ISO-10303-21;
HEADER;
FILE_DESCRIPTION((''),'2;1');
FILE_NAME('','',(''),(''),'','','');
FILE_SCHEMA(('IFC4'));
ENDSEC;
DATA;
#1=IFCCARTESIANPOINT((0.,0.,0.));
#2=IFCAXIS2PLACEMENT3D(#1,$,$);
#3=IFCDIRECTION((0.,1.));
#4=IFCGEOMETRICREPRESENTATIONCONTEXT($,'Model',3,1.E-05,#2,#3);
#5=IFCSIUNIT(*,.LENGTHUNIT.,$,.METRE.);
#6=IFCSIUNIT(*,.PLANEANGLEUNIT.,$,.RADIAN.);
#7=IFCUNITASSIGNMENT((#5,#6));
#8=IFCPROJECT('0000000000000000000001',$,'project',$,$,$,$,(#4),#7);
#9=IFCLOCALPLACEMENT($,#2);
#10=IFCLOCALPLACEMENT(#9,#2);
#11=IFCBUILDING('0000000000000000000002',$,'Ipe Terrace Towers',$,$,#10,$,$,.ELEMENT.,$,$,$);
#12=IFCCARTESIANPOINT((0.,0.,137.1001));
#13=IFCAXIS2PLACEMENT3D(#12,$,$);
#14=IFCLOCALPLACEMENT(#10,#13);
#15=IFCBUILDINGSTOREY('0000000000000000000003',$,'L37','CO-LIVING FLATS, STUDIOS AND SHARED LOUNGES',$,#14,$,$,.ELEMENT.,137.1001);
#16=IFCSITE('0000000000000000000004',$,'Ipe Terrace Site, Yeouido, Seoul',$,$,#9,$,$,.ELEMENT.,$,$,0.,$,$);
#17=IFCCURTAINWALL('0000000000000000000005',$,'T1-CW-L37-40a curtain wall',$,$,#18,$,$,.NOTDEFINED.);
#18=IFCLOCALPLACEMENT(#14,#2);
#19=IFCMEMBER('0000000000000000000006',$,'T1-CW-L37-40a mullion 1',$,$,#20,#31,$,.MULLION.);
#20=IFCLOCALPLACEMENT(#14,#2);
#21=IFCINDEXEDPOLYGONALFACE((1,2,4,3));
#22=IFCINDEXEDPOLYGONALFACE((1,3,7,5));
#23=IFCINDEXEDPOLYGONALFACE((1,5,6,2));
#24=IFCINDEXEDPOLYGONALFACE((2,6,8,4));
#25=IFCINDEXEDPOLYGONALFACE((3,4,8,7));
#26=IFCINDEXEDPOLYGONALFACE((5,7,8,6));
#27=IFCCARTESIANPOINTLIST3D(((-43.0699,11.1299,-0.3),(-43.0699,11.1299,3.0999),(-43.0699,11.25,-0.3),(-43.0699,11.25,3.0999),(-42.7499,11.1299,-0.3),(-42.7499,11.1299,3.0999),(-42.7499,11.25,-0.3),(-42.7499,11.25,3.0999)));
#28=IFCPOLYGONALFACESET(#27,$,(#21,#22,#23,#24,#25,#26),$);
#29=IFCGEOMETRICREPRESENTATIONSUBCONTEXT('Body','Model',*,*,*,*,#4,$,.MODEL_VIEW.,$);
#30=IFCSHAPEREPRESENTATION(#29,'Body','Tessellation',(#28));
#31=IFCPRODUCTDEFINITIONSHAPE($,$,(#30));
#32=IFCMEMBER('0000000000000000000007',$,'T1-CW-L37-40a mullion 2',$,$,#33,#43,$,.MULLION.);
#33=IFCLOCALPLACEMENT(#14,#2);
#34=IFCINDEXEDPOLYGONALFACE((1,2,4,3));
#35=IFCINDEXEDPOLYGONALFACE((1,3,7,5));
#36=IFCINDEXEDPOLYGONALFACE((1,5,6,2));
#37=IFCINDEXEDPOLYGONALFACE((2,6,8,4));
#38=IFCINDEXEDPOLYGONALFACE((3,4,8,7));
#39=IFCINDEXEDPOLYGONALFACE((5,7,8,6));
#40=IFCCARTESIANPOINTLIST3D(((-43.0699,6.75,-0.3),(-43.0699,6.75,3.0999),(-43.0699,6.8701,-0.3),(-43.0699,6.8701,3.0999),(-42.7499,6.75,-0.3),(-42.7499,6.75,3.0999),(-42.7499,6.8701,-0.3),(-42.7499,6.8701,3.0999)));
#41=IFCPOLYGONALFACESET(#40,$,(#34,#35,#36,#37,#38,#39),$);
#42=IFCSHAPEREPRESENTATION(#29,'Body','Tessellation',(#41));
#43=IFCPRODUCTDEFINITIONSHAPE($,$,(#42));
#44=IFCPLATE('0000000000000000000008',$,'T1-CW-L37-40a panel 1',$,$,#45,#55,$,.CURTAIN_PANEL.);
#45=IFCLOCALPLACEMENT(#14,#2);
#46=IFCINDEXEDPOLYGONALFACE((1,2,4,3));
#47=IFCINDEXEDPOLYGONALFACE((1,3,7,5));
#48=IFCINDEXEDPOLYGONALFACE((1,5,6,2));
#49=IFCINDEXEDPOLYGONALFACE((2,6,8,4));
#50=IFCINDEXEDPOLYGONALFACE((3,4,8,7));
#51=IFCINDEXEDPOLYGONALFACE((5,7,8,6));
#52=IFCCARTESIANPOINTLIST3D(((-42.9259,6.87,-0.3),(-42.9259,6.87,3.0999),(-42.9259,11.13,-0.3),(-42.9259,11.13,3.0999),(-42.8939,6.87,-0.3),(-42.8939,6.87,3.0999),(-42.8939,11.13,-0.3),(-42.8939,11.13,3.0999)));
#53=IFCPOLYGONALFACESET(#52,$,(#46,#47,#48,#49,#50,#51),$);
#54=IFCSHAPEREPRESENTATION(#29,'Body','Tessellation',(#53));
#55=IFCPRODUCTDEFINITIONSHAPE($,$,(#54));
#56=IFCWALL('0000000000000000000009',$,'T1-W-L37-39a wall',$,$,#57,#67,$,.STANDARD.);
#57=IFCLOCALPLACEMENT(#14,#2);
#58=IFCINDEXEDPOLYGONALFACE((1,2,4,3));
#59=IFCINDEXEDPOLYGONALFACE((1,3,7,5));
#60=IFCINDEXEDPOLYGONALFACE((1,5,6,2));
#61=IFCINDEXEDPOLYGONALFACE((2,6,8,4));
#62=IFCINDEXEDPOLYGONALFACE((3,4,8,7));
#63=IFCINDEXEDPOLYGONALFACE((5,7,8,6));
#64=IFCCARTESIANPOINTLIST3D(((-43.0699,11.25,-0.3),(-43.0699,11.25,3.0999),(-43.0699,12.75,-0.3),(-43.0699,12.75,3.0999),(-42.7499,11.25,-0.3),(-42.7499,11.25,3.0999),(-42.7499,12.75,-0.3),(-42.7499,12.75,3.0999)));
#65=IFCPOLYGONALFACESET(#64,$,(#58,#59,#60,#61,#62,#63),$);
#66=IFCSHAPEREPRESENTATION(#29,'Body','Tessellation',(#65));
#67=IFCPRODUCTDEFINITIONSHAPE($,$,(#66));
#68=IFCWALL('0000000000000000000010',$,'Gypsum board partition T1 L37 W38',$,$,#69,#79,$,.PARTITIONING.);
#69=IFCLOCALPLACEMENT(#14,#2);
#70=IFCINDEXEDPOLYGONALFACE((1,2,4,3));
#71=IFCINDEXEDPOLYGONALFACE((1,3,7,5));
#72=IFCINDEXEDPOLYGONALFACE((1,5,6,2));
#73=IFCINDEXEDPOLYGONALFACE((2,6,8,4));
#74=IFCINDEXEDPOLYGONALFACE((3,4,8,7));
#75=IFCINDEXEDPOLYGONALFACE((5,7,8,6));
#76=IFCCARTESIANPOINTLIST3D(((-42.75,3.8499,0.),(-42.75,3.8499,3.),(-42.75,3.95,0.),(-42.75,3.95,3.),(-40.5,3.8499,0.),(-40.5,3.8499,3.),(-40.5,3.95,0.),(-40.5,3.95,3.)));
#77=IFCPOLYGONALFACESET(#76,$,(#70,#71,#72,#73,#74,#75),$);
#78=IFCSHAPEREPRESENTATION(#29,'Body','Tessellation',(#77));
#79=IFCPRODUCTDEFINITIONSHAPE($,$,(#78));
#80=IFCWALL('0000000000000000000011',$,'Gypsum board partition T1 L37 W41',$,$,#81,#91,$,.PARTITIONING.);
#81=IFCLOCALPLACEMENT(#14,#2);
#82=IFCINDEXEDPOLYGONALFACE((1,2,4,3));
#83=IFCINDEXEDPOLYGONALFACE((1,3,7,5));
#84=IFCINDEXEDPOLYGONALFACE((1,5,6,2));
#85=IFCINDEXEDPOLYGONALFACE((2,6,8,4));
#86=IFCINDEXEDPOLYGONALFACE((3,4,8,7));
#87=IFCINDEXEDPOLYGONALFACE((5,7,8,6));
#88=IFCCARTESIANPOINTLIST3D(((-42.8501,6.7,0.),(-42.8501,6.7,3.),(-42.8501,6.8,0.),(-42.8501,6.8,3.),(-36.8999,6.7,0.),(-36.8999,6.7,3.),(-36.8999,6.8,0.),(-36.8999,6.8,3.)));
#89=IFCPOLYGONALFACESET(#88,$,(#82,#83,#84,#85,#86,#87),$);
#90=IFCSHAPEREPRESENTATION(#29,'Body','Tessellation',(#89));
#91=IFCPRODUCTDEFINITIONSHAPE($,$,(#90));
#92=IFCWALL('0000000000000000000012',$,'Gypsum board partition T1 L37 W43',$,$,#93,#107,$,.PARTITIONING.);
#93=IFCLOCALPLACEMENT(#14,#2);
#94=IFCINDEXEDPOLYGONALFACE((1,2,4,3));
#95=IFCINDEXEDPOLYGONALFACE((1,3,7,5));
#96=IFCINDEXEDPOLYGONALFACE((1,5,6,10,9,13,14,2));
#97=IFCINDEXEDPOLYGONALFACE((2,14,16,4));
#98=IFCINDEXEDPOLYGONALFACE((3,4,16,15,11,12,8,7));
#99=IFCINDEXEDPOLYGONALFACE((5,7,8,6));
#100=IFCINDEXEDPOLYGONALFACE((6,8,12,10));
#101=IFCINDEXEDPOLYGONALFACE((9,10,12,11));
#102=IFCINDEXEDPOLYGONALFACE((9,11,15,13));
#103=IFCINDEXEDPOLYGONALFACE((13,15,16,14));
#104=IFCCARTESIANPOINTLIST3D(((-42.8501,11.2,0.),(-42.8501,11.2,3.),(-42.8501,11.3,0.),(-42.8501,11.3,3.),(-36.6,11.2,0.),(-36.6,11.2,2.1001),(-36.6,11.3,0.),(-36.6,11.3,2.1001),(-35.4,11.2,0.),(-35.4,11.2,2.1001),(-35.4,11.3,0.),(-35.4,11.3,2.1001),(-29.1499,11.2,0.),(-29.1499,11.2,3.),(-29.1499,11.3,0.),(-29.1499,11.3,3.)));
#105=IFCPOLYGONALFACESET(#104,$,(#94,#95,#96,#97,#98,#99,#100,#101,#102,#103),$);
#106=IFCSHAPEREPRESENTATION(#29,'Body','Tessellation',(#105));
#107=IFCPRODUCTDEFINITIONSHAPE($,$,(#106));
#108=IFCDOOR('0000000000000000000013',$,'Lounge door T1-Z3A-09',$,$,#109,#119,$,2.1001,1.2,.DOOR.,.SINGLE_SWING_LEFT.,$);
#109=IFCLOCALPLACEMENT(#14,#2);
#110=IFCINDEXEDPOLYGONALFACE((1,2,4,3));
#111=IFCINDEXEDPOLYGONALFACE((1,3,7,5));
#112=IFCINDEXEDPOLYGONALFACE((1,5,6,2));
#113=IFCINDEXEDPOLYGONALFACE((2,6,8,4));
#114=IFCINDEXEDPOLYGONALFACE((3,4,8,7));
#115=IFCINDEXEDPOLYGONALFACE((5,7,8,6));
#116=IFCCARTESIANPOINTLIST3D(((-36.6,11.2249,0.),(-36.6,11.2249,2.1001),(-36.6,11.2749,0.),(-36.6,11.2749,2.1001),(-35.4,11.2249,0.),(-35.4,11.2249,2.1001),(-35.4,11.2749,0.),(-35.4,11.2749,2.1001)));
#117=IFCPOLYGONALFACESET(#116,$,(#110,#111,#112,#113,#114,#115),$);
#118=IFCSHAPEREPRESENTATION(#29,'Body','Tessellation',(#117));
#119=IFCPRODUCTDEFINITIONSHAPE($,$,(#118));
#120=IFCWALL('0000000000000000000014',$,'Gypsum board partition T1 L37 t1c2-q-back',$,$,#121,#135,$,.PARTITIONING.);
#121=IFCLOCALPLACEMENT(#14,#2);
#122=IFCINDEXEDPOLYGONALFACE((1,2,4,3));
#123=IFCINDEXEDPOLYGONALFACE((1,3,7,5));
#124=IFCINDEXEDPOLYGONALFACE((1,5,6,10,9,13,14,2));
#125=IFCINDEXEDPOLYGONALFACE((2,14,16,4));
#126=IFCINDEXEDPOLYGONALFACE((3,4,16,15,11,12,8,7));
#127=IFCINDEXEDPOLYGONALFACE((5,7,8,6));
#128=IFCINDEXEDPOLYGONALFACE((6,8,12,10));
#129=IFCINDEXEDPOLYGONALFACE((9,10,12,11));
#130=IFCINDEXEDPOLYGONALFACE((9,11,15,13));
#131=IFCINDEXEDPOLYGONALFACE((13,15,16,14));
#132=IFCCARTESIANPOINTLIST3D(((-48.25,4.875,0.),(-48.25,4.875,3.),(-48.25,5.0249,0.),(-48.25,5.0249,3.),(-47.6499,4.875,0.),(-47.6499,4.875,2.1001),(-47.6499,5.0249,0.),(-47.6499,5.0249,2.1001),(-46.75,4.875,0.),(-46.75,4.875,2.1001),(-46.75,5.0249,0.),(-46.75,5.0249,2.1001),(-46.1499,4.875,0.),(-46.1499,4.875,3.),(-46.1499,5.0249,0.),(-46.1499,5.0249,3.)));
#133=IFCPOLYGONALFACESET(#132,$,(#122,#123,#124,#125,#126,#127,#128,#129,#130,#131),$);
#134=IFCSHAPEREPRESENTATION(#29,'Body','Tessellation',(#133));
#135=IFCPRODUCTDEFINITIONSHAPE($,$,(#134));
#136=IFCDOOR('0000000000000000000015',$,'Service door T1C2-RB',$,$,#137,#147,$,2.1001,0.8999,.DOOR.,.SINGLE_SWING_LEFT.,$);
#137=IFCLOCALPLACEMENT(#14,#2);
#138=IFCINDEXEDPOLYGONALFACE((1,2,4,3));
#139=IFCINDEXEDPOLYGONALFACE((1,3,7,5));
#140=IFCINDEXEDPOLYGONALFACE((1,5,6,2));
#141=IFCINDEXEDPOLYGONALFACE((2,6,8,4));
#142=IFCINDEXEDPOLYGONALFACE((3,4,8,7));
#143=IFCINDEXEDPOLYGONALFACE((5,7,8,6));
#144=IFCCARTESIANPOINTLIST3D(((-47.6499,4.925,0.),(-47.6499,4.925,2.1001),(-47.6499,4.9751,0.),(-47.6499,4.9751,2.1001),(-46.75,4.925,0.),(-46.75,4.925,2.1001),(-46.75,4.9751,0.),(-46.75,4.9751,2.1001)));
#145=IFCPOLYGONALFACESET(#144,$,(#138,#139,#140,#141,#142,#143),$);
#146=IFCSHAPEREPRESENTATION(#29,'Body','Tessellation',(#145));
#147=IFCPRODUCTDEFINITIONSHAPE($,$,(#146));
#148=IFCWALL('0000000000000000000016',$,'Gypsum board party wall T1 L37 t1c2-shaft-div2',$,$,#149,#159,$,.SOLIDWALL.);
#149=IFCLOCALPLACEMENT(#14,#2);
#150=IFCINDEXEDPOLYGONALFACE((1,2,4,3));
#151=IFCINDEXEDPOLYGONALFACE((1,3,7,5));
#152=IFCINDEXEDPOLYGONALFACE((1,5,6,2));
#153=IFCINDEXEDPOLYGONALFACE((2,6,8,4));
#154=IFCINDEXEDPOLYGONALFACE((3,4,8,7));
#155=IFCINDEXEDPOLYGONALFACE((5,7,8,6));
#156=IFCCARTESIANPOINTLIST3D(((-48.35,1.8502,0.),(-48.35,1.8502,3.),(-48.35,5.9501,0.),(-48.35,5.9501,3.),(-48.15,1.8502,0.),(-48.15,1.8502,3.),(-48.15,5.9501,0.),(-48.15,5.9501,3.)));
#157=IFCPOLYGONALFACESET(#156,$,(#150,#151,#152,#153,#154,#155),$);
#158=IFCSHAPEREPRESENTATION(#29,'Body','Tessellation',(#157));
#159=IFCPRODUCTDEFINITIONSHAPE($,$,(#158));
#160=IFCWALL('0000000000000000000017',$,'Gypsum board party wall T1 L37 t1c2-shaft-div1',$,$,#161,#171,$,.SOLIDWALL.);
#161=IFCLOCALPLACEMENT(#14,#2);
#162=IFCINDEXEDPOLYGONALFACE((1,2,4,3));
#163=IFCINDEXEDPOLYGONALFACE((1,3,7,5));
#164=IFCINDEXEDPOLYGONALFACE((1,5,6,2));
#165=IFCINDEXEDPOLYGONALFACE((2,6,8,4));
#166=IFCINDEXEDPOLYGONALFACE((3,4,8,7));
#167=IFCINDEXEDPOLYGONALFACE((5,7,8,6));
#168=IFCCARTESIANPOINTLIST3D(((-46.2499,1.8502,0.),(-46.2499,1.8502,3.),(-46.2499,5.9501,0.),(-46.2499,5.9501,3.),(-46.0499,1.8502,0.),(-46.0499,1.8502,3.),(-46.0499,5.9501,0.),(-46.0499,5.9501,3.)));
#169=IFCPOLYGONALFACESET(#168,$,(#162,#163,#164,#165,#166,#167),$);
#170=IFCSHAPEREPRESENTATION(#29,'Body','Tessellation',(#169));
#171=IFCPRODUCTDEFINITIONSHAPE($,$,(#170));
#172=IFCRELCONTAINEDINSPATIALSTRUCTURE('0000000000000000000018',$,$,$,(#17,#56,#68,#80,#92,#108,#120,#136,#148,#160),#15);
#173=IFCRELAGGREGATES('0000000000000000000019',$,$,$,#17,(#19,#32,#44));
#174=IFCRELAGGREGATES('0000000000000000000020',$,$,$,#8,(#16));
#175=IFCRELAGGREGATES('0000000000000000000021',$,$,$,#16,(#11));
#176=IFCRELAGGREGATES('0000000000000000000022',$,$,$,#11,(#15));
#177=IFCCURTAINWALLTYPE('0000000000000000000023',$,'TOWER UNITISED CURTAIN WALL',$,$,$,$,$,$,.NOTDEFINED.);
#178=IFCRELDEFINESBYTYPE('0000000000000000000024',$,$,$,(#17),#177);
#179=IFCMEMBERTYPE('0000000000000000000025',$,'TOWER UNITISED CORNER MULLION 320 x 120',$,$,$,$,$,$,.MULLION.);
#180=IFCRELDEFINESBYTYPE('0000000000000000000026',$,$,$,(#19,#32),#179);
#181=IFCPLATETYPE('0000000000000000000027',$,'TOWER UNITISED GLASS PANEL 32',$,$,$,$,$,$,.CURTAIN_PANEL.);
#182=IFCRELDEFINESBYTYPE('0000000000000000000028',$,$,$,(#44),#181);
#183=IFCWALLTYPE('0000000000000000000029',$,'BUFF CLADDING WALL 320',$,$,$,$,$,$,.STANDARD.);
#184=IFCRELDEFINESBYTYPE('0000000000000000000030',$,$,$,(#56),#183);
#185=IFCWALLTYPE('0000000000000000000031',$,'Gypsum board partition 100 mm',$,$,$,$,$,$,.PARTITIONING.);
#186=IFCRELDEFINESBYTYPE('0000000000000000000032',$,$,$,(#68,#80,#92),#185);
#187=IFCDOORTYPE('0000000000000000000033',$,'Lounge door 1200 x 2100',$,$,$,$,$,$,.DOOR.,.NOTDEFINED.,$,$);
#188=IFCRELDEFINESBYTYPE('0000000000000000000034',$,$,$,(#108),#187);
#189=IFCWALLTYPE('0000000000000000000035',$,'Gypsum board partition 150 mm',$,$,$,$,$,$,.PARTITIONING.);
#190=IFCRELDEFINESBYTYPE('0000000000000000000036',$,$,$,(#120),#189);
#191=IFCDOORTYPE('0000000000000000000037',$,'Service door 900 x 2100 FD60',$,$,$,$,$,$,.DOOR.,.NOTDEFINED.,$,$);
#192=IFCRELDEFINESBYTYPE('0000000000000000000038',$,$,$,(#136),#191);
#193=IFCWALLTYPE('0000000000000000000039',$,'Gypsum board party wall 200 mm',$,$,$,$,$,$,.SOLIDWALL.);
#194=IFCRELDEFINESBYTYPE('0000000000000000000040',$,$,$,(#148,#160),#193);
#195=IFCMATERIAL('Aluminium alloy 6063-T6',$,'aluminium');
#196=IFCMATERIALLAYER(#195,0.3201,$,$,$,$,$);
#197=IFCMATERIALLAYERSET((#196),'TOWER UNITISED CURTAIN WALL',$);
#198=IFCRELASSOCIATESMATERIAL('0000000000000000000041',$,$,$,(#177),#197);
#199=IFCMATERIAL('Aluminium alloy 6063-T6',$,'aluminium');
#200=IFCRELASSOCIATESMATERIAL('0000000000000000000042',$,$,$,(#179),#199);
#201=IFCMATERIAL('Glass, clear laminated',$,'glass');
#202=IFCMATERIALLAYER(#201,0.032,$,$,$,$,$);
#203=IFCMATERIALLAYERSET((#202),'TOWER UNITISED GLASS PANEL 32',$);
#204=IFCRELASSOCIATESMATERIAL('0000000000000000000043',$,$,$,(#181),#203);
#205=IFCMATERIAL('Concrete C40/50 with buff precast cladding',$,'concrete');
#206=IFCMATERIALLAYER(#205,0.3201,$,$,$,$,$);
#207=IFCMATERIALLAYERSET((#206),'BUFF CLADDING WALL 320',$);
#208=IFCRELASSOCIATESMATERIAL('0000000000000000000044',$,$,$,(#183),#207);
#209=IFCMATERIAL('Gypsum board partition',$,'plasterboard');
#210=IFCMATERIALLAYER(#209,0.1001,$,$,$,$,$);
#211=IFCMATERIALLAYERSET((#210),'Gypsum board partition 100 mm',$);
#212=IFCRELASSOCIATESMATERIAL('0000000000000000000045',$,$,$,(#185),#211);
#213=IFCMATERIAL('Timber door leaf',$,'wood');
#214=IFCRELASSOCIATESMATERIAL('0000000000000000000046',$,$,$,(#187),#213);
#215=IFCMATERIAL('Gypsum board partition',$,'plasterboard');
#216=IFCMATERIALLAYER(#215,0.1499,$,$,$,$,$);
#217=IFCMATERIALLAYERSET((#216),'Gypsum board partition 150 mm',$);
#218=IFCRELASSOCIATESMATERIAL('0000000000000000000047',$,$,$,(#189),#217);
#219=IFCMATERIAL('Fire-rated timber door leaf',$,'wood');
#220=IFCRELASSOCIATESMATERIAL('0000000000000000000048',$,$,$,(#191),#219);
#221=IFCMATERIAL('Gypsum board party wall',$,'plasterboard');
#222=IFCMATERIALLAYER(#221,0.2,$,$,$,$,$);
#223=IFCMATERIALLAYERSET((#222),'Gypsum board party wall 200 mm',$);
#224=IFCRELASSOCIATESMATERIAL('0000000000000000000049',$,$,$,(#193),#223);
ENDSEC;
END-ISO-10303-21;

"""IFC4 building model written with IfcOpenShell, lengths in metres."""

from ifc_helpers import new_model, si_unit, direction, frame, frame_2d, origin, origin_2d, place, context, subcontext, project, spatial, rectangle, extrude, material, layer, layer_set, material_profile, profile_set, type_object, element, fill, aggregate, save


model = new_model("IFC4")

# Units and contexts
model_context = context("Model", 3, precision=1e-05, world=origin(), true_north=direction((0.0, 1.0)))
body_context = subcontext(model_context, "Body", "Model", "MODEL_VIEW")
ifc_project = project(units=[si_unit("LENGTHUNIT", "METRE"), si_unit("PLANEANGLEUNIT", "RADIAN")], contexts=[model_context])

# Site, building, storey
site_placement = place(None, origin())
site = spatial("IfcSite", under=ifc_project, at=site_placement, Name="Ipe Terrace Site, Yeouido, Seoul", CompositionType="ELEMENT", RefElevation=0.0)
building_placement = place(site_placement, origin())
building = spatial("IfcBuilding", under=site, at=building_placement, Name="Ipe Terrace Towers", CompositionType="ELEMENT")
storey_placement = place(building_placement, frame((0.0, 0.0, 137.1001)))
storey = spatial("IfcBuildingStorey", under=building, at=storey_placement, Name="L37", Description="CO-LIVING FLATS, STUDIOS AND SHARED LOUNGES", CompositionType="ELEMENT", Elevation=137.1001)

# Curtain wall, members, plate
ifc_material_1 = material(Name="Aluminium alloy 6063-T6", Category="aluminium")
ifc_layer_1 = layer(ifc_material_1, 0.3201)
ifc_layer_set_1 = layer_set([ifc_layer_1], Name="TOWER UNITISED CURTAIN WALL")
curtain_wall_type = type_object("IfcCurtainWallType", Name="TOWER UNITISED CURTAIN WALL", PredefinedType="NOTDEFINED", material=ifc_layer_set_1)
curtain_wall_placement = place(storey_placement, origin())
curtain_wall = element("IfcCurtainWall", 1, at=curtain_wall_placement, inside=storey, type_object=curtain_wall_type, Name="T1-CW-L37-40a curtain wall", PredefinedType="NOTDEFINED")
ifc_material_2 = material(Name="Aluminium alloy 6063-T6", Category="aluminium")
ifc_material_profile = material_profile(ifc_material_2, rectangle(XDim=0.3201, YDim=0.1201, at=origin_2d()), Name="TOWER UNITISED CORNER MULLION 320 x 120")
ifc_profile_set = profile_set([ifc_material_profile], Name="Aluminium alloy 6063-T6")
member_type = type_object("IfcMemberType", Name="TOWER UNITISED CORNER MULLION 320 x 120", PredefinedType="MULLION", material=ifc_profile_set)
member_1_placement = place(storey_placement, frame((-42.9099, 11.1899, -0.3), z_axis=(0.0, 0.0, 1.0), x_axis=(-1.0, 0.0, 0.0)))
member_1 = element("IfcMember", 2, at=member_1_placement, type_object=member_type, Name="T1-CW-L37-40a mullion 1", PredefinedType="MULLION", context=body_context, shape_type="SweptSolid", body=[
    extrude(rectangle(XDim=0.3201, YDim=0.1201, at=origin_2d()), origin(), (0.0, 0.0, 1.0), 3.3999),
])
member_2_placement = place(storey_placement, frame((-42.9099, 6.8101, -0.3), z_axis=(0.0, 0.0, 1.0), x_axis=(-1.0, 0.0, 0.0)))
member_2 = element("IfcMember", 3, at=member_2_placement, type_object=member_type, Name="T1-CW-L37-40a mullion 2", PredefinedType="MULLION", context=body_context, shape_type="SweptSolid", body=[
    extrude(rectangle(XDim=0.3201, YDim=0.1201, at=origin_2d()), origin(), (0.0, 0.0, 1.0), 3.3999),
])
ifc_material_3 = material(Name="Glass, clear laminated", Category="glass")
ifc_layer_2 = layer(ifc_material_3, 0.032)
ifc_layer_set_2 = layer_set([ifc_layer_2], Name="TOWER UNITISED GLASS PANEL 32")
plate_type = type_object("IfcPlateType", Name="TOWER UNITISED GLASS PANEL 32", PredefinedType="CURTAIN_PANEL", material=ifc_layer_set_2)
plate_placement = place(storey_placement, frame((-42.9099, 9.0, -0.3), z_axis=(0.0, 0.0, 1.0), x_axis=(0.0, -1.0, 0.0)))
plate = element("IfcPlate", 4, at=plate_placement, type_object=plate_type, Name="T1-CW-L37-40a panel 1", PredefinedType="CURTAIN_PANEL", context=body_context, shape_type="SweptSolid", body=[
    extrude(rectangle(XDim=4.26, YDim=0.032, at=origin_2d()), origin(), (0.0, 0.0, 1.0), 3.3999),
])
aggregate(curtain_wall, [member_1, member_2, plate])

# Walls
ifc_material_4 = material(Name="Concrete C40/50 with buff precast cladding", Category="concrete")
ifc_layer_3 = layer(ifc_material_4, 0.3201)
ifc_layer_set_3 = layer_set([ifc_layer_3], Name="BUFF CLADDING WALL 320")
wall_type_1 = type_object("IfcWallType", Name="BUFF CLADDING WALL 320", PredefinedType="STANDARD", material=ifc_layer_set_3)
wall_1_placement = place(storey_placement, frame((-42.9099, 12.75, -0.3), z_axis=(0.0, 0.0, 1.0), x_axis=(0.0, -1.0, 0.0)))
element("IfcWall", 5, at=wall_1_placement, inside=storey, type_object=wall_type_1, Name="T1-W-L37-39a wall", PredefinedType="STANDARD", context=body_context, shape_type="SweptSolid", body=[
    extrude(rectangle(XDim=1.5, YDim=0.3201, at=frame_2d((0.75, 0.0))), origin(), (0.0, 0.0, 1.0), 3.3999),
])
ifc_material_5 = material(Name="Gypsum board partition", Category="plasterboard")
ifc_layer_4 = layer(ifc_material_5, 0.1001)
ifc_layer_set_4 = layer_set([ifc_layer_4], Name="Gypsum board partition 100 mm")
wall_type_2 = type_object("IfcWallType", Name="Gypsum board partition 100 mm", PredefinedType="PARTITIONING", material=ifc_layer_set_4)
wall_2_placement = place(storey_placement, frame((-42.75, 3.8999, 0.0), z_axis=(0.0, 0.0, 1.0), x_axis=(1.0, 0.0, 0.0)))
element("IfcWall", 6, at=wall_2_placement, inside=storey, type_object=wall_type_2, Name="Gypsum board partition T1 L37 W38", PredefinedType="PARTITIONING", context=body_context, shape_type="SweptSolid", body=[
    extrude(rectangle(XDim=2.25, YDim=0.1001, at=frame_2d((1.125, 0.0))), origin(), (0.0, 0.0, 1.0), 3.0),
])
wall_3_placement = place(storey_placement, frame((-42.8501, 6.75, 0.0), z_axis=(0.0, 0.0, 1.0), x_axis=(1.0, 0.0, 0.0)))
element("IfcWall", 7, at=wall_3_placement, inside=storey, type_object=wall_type_2, Name="Gypsum board partition T1 L37 W41", PredefinedType="PARTITIONING", context=body_context, shape_type="SweptSolid", body=[
    extrude(rectangle(XDim=5.9502, YDim=0.1001, at=frame_2d((2.9751, 0.0))), origin(), (0.0, 0.0, 1.0), 3.0),
])

# Walls, openings, doors
wall_4_placement = place(storey_placement, frame((-42.8501, 11.25, 0.0), z_axis=(0.0, 0.0, 1.0), x_axis=(1.0, 0.0, 0.0)))
wall_4 = element("IfcWall", 8, at=wall_4_placement, inside=storey, type_object=wall_type_2, Name="Gypsum board partition T1 L37 W43", PredefinedType="PARTITIONING", context=body_context, shape_type="SweptSolid", body=[
    extrude(rectangle(XDim=13.7002, YDim=0.1001, at=frame_2d((6.8501, 0.0))), origin(), (0.0, 0.0, 1.0), 3.0),
])
opening_1_placement = place(wall_4_placement, frame((6.25, 0.0, 0.0)))
opening_1 = element("IfcOpeningElement", 9, at=opening_1_placement, cuts=wall_4, PredefinedType="OPENING", context=body_context, shape_type="SweptSolid", body=[
    extrude(rectangle(XDim=1.2, YDim=2.1001, at=frame_2d((0.6001, 1.05))), frame((0.0, 0.0601, 0.0), z_axis=(0.0, -1.0, 0.0), x_axis=(1.0, 0.0, 0.0)), (0.0, 0.0, 1.0), 0.1201),
])
ifc_material_6 = material(Name="Timber door leaf", Category="wood")
door_type_1 = type_object("IfcDoorType", Name="Lounge door 1200 x 2100", OperationType="NOTDEFINED", PredefinedType="DOOR", material=ifc_material_6)
door_1_placement = place(opening_1_placement, origin())
door_1 = element("IfcDoor", 10, at=door_1_placement, inside=storey, type_object=door_type_1, Name="Lounge door T1-Z3A-09", OperationType="SINGLE_SWING_LEFT", OverallHeight=2.1001, OverallWidth=1.2, PredefinedType="DOOR", context=body_context, shape_type="SweptSolid", body=[
    extrude(rectangle(XDim=1.2, YDim=2.1001, at=frame_2d((0.6001, 1.05))), frame((0.0, 0.0249, 0.0), z_axis=(0.0, -1.0, 0.0), x_axis=(1.0, 0.0, 0.0)), (0.0, 0.0, 1.0), 0.05),
])
fill(opening_1, door_1)
ifc_material_7 = material(Name="Gypsum board partition", Category="plasterboard")
ifc_layer_5 = layer(ifc_material_7, 0.1499)
ifc_layer_set_5 = layer_set([ifc_layer_5], Name="Gypsum board partition 150 mm")
wall_type_3 = type_object("IfcWallType", Name="Gypsum board partition 150 mm", PredefinedType="PARTITIONING", material=ifc_layer_set_5)
wall_5_placement = place(storey_placement, frame((-46.1499, 4.95, 0.0), z_axis=(0.0, 0.0, 1.0), x_axis=(-1.0, 0.0, 0.0)))
wall_5 = element("IfcWall", 11, at=wall_5_placement, inside=storey, type_object=wall_type_3, Name="Gypsum board partition T1 L37 t1c2-q-back", PredefinedType="PARTITIONING", context=body_context, shape_type="SweptSolid", body=[
    extrude(rectangle(XDim=2.1001, YDim=0.1499, at=frame_2d((1.05, 0.0))), origin(), (0.0, 0.0, 1.0), 3.0),
])
opening_2_placement = place(wall_5_placement, frame((0.6001, 0.0, 0.0)))
opening_2 = element("IfcOpeningElement", 12, at=opening_2_placement, cuts=wall_5, PredefinedType="OPENING", context=body_context, shape_type="SweptSolid", body=[
    extrude(rectangle(XDim=0.8999, YDim=2.1001, at=frame_2d((0.45, 1.05))), frame((0.0, 0.085, 0.0), z_axis=(0.0, -1.0, 0.0), x_axis=(1.0, 0.0, 0.0)), (0.0, 0.0, 1.0), 0.1699),
])
ifc_material_8 = material(Name="Fire-rated timber door leaf", Category="wood")
door_type_2 = type_object("IfcDoorType", Name="Service door 900 x 2100 FD60", OperationType="NOTDEFINED", PredefinedType="DOOR", material=ifc_material_8)
door_2_placement = place(opening_2_placement, origin())
door_2 = element("IfcDoor", 13, at=door_2_placement, inside=storey, type_object=door_type_2, Name="Service door T1C2-RB", OperationType="SINGLE_SWING_LEFT", OverallHeight=2.1001, OverallWidth=0.8999, PredefinedType="DOOR", context=body_context, shape_type="SweptSolid", body=[
    extrude(rectangle(XDim=0.8999, YDim=2.1001, at=frame_2d((0.45, 1.05))), frame((0.0, 0.0249, 0.0), z_axis=(0.0, -1.0, 0.0), x_axis=(1.0, 0.0, 0.0)), (0.0, 0.0, 1.0), 0.05),
])
fill(opening_2, door_2)

# Walls
ifc_material_9 = material(Name="Gypsum board party wall", Category="plasterboard")
ifc_layer_6 = layer(ifc_material_9, 0.2)
ifc_layer_set_6 = layer_set([ifc_layer_6], Name="Gypsum board party wall 200 mm")
wall_type_4 = type_object("IfcWallType", Name="Gypsum board party wall 200 mm", PredefinedType="SOLIDWALL", material=ifc_layer_set_6)
for number, where, z_axis, x_axis, name in (
    (14, (-48.25, 5.95, 0.0), (0.0, 0.0, 1.0), (0.0, -1.0, 0.0), "Gypsum board party wall T1 L37 t1c2-shaft-div2"),
    (15, (-46.1499, 5.95, 0.0), (0.0, 0.0, 1.0), (0.0, -1.0, 0.0), "Gypsum board party wall T1 L37 t1c2-shaft-div1"),
):
    element("IfcWall", number, at=place(storey_placement, frame(where, z_axis=z_axis, x_axis=x_axis)), inside=storey, type_object=wall_type_4, Name=name, PredefinedType="SOLIDWALL", context=body_context, shape_type="SweptSolid", body=[
        extrude(rectangle(XDim=4.0999, YDim=0.2, at=frame_2d((2.0498, 0.0))), origin(), (0.0, 0.0, 1.0), 3.0),
    ])

save(model, "model.ifc")
